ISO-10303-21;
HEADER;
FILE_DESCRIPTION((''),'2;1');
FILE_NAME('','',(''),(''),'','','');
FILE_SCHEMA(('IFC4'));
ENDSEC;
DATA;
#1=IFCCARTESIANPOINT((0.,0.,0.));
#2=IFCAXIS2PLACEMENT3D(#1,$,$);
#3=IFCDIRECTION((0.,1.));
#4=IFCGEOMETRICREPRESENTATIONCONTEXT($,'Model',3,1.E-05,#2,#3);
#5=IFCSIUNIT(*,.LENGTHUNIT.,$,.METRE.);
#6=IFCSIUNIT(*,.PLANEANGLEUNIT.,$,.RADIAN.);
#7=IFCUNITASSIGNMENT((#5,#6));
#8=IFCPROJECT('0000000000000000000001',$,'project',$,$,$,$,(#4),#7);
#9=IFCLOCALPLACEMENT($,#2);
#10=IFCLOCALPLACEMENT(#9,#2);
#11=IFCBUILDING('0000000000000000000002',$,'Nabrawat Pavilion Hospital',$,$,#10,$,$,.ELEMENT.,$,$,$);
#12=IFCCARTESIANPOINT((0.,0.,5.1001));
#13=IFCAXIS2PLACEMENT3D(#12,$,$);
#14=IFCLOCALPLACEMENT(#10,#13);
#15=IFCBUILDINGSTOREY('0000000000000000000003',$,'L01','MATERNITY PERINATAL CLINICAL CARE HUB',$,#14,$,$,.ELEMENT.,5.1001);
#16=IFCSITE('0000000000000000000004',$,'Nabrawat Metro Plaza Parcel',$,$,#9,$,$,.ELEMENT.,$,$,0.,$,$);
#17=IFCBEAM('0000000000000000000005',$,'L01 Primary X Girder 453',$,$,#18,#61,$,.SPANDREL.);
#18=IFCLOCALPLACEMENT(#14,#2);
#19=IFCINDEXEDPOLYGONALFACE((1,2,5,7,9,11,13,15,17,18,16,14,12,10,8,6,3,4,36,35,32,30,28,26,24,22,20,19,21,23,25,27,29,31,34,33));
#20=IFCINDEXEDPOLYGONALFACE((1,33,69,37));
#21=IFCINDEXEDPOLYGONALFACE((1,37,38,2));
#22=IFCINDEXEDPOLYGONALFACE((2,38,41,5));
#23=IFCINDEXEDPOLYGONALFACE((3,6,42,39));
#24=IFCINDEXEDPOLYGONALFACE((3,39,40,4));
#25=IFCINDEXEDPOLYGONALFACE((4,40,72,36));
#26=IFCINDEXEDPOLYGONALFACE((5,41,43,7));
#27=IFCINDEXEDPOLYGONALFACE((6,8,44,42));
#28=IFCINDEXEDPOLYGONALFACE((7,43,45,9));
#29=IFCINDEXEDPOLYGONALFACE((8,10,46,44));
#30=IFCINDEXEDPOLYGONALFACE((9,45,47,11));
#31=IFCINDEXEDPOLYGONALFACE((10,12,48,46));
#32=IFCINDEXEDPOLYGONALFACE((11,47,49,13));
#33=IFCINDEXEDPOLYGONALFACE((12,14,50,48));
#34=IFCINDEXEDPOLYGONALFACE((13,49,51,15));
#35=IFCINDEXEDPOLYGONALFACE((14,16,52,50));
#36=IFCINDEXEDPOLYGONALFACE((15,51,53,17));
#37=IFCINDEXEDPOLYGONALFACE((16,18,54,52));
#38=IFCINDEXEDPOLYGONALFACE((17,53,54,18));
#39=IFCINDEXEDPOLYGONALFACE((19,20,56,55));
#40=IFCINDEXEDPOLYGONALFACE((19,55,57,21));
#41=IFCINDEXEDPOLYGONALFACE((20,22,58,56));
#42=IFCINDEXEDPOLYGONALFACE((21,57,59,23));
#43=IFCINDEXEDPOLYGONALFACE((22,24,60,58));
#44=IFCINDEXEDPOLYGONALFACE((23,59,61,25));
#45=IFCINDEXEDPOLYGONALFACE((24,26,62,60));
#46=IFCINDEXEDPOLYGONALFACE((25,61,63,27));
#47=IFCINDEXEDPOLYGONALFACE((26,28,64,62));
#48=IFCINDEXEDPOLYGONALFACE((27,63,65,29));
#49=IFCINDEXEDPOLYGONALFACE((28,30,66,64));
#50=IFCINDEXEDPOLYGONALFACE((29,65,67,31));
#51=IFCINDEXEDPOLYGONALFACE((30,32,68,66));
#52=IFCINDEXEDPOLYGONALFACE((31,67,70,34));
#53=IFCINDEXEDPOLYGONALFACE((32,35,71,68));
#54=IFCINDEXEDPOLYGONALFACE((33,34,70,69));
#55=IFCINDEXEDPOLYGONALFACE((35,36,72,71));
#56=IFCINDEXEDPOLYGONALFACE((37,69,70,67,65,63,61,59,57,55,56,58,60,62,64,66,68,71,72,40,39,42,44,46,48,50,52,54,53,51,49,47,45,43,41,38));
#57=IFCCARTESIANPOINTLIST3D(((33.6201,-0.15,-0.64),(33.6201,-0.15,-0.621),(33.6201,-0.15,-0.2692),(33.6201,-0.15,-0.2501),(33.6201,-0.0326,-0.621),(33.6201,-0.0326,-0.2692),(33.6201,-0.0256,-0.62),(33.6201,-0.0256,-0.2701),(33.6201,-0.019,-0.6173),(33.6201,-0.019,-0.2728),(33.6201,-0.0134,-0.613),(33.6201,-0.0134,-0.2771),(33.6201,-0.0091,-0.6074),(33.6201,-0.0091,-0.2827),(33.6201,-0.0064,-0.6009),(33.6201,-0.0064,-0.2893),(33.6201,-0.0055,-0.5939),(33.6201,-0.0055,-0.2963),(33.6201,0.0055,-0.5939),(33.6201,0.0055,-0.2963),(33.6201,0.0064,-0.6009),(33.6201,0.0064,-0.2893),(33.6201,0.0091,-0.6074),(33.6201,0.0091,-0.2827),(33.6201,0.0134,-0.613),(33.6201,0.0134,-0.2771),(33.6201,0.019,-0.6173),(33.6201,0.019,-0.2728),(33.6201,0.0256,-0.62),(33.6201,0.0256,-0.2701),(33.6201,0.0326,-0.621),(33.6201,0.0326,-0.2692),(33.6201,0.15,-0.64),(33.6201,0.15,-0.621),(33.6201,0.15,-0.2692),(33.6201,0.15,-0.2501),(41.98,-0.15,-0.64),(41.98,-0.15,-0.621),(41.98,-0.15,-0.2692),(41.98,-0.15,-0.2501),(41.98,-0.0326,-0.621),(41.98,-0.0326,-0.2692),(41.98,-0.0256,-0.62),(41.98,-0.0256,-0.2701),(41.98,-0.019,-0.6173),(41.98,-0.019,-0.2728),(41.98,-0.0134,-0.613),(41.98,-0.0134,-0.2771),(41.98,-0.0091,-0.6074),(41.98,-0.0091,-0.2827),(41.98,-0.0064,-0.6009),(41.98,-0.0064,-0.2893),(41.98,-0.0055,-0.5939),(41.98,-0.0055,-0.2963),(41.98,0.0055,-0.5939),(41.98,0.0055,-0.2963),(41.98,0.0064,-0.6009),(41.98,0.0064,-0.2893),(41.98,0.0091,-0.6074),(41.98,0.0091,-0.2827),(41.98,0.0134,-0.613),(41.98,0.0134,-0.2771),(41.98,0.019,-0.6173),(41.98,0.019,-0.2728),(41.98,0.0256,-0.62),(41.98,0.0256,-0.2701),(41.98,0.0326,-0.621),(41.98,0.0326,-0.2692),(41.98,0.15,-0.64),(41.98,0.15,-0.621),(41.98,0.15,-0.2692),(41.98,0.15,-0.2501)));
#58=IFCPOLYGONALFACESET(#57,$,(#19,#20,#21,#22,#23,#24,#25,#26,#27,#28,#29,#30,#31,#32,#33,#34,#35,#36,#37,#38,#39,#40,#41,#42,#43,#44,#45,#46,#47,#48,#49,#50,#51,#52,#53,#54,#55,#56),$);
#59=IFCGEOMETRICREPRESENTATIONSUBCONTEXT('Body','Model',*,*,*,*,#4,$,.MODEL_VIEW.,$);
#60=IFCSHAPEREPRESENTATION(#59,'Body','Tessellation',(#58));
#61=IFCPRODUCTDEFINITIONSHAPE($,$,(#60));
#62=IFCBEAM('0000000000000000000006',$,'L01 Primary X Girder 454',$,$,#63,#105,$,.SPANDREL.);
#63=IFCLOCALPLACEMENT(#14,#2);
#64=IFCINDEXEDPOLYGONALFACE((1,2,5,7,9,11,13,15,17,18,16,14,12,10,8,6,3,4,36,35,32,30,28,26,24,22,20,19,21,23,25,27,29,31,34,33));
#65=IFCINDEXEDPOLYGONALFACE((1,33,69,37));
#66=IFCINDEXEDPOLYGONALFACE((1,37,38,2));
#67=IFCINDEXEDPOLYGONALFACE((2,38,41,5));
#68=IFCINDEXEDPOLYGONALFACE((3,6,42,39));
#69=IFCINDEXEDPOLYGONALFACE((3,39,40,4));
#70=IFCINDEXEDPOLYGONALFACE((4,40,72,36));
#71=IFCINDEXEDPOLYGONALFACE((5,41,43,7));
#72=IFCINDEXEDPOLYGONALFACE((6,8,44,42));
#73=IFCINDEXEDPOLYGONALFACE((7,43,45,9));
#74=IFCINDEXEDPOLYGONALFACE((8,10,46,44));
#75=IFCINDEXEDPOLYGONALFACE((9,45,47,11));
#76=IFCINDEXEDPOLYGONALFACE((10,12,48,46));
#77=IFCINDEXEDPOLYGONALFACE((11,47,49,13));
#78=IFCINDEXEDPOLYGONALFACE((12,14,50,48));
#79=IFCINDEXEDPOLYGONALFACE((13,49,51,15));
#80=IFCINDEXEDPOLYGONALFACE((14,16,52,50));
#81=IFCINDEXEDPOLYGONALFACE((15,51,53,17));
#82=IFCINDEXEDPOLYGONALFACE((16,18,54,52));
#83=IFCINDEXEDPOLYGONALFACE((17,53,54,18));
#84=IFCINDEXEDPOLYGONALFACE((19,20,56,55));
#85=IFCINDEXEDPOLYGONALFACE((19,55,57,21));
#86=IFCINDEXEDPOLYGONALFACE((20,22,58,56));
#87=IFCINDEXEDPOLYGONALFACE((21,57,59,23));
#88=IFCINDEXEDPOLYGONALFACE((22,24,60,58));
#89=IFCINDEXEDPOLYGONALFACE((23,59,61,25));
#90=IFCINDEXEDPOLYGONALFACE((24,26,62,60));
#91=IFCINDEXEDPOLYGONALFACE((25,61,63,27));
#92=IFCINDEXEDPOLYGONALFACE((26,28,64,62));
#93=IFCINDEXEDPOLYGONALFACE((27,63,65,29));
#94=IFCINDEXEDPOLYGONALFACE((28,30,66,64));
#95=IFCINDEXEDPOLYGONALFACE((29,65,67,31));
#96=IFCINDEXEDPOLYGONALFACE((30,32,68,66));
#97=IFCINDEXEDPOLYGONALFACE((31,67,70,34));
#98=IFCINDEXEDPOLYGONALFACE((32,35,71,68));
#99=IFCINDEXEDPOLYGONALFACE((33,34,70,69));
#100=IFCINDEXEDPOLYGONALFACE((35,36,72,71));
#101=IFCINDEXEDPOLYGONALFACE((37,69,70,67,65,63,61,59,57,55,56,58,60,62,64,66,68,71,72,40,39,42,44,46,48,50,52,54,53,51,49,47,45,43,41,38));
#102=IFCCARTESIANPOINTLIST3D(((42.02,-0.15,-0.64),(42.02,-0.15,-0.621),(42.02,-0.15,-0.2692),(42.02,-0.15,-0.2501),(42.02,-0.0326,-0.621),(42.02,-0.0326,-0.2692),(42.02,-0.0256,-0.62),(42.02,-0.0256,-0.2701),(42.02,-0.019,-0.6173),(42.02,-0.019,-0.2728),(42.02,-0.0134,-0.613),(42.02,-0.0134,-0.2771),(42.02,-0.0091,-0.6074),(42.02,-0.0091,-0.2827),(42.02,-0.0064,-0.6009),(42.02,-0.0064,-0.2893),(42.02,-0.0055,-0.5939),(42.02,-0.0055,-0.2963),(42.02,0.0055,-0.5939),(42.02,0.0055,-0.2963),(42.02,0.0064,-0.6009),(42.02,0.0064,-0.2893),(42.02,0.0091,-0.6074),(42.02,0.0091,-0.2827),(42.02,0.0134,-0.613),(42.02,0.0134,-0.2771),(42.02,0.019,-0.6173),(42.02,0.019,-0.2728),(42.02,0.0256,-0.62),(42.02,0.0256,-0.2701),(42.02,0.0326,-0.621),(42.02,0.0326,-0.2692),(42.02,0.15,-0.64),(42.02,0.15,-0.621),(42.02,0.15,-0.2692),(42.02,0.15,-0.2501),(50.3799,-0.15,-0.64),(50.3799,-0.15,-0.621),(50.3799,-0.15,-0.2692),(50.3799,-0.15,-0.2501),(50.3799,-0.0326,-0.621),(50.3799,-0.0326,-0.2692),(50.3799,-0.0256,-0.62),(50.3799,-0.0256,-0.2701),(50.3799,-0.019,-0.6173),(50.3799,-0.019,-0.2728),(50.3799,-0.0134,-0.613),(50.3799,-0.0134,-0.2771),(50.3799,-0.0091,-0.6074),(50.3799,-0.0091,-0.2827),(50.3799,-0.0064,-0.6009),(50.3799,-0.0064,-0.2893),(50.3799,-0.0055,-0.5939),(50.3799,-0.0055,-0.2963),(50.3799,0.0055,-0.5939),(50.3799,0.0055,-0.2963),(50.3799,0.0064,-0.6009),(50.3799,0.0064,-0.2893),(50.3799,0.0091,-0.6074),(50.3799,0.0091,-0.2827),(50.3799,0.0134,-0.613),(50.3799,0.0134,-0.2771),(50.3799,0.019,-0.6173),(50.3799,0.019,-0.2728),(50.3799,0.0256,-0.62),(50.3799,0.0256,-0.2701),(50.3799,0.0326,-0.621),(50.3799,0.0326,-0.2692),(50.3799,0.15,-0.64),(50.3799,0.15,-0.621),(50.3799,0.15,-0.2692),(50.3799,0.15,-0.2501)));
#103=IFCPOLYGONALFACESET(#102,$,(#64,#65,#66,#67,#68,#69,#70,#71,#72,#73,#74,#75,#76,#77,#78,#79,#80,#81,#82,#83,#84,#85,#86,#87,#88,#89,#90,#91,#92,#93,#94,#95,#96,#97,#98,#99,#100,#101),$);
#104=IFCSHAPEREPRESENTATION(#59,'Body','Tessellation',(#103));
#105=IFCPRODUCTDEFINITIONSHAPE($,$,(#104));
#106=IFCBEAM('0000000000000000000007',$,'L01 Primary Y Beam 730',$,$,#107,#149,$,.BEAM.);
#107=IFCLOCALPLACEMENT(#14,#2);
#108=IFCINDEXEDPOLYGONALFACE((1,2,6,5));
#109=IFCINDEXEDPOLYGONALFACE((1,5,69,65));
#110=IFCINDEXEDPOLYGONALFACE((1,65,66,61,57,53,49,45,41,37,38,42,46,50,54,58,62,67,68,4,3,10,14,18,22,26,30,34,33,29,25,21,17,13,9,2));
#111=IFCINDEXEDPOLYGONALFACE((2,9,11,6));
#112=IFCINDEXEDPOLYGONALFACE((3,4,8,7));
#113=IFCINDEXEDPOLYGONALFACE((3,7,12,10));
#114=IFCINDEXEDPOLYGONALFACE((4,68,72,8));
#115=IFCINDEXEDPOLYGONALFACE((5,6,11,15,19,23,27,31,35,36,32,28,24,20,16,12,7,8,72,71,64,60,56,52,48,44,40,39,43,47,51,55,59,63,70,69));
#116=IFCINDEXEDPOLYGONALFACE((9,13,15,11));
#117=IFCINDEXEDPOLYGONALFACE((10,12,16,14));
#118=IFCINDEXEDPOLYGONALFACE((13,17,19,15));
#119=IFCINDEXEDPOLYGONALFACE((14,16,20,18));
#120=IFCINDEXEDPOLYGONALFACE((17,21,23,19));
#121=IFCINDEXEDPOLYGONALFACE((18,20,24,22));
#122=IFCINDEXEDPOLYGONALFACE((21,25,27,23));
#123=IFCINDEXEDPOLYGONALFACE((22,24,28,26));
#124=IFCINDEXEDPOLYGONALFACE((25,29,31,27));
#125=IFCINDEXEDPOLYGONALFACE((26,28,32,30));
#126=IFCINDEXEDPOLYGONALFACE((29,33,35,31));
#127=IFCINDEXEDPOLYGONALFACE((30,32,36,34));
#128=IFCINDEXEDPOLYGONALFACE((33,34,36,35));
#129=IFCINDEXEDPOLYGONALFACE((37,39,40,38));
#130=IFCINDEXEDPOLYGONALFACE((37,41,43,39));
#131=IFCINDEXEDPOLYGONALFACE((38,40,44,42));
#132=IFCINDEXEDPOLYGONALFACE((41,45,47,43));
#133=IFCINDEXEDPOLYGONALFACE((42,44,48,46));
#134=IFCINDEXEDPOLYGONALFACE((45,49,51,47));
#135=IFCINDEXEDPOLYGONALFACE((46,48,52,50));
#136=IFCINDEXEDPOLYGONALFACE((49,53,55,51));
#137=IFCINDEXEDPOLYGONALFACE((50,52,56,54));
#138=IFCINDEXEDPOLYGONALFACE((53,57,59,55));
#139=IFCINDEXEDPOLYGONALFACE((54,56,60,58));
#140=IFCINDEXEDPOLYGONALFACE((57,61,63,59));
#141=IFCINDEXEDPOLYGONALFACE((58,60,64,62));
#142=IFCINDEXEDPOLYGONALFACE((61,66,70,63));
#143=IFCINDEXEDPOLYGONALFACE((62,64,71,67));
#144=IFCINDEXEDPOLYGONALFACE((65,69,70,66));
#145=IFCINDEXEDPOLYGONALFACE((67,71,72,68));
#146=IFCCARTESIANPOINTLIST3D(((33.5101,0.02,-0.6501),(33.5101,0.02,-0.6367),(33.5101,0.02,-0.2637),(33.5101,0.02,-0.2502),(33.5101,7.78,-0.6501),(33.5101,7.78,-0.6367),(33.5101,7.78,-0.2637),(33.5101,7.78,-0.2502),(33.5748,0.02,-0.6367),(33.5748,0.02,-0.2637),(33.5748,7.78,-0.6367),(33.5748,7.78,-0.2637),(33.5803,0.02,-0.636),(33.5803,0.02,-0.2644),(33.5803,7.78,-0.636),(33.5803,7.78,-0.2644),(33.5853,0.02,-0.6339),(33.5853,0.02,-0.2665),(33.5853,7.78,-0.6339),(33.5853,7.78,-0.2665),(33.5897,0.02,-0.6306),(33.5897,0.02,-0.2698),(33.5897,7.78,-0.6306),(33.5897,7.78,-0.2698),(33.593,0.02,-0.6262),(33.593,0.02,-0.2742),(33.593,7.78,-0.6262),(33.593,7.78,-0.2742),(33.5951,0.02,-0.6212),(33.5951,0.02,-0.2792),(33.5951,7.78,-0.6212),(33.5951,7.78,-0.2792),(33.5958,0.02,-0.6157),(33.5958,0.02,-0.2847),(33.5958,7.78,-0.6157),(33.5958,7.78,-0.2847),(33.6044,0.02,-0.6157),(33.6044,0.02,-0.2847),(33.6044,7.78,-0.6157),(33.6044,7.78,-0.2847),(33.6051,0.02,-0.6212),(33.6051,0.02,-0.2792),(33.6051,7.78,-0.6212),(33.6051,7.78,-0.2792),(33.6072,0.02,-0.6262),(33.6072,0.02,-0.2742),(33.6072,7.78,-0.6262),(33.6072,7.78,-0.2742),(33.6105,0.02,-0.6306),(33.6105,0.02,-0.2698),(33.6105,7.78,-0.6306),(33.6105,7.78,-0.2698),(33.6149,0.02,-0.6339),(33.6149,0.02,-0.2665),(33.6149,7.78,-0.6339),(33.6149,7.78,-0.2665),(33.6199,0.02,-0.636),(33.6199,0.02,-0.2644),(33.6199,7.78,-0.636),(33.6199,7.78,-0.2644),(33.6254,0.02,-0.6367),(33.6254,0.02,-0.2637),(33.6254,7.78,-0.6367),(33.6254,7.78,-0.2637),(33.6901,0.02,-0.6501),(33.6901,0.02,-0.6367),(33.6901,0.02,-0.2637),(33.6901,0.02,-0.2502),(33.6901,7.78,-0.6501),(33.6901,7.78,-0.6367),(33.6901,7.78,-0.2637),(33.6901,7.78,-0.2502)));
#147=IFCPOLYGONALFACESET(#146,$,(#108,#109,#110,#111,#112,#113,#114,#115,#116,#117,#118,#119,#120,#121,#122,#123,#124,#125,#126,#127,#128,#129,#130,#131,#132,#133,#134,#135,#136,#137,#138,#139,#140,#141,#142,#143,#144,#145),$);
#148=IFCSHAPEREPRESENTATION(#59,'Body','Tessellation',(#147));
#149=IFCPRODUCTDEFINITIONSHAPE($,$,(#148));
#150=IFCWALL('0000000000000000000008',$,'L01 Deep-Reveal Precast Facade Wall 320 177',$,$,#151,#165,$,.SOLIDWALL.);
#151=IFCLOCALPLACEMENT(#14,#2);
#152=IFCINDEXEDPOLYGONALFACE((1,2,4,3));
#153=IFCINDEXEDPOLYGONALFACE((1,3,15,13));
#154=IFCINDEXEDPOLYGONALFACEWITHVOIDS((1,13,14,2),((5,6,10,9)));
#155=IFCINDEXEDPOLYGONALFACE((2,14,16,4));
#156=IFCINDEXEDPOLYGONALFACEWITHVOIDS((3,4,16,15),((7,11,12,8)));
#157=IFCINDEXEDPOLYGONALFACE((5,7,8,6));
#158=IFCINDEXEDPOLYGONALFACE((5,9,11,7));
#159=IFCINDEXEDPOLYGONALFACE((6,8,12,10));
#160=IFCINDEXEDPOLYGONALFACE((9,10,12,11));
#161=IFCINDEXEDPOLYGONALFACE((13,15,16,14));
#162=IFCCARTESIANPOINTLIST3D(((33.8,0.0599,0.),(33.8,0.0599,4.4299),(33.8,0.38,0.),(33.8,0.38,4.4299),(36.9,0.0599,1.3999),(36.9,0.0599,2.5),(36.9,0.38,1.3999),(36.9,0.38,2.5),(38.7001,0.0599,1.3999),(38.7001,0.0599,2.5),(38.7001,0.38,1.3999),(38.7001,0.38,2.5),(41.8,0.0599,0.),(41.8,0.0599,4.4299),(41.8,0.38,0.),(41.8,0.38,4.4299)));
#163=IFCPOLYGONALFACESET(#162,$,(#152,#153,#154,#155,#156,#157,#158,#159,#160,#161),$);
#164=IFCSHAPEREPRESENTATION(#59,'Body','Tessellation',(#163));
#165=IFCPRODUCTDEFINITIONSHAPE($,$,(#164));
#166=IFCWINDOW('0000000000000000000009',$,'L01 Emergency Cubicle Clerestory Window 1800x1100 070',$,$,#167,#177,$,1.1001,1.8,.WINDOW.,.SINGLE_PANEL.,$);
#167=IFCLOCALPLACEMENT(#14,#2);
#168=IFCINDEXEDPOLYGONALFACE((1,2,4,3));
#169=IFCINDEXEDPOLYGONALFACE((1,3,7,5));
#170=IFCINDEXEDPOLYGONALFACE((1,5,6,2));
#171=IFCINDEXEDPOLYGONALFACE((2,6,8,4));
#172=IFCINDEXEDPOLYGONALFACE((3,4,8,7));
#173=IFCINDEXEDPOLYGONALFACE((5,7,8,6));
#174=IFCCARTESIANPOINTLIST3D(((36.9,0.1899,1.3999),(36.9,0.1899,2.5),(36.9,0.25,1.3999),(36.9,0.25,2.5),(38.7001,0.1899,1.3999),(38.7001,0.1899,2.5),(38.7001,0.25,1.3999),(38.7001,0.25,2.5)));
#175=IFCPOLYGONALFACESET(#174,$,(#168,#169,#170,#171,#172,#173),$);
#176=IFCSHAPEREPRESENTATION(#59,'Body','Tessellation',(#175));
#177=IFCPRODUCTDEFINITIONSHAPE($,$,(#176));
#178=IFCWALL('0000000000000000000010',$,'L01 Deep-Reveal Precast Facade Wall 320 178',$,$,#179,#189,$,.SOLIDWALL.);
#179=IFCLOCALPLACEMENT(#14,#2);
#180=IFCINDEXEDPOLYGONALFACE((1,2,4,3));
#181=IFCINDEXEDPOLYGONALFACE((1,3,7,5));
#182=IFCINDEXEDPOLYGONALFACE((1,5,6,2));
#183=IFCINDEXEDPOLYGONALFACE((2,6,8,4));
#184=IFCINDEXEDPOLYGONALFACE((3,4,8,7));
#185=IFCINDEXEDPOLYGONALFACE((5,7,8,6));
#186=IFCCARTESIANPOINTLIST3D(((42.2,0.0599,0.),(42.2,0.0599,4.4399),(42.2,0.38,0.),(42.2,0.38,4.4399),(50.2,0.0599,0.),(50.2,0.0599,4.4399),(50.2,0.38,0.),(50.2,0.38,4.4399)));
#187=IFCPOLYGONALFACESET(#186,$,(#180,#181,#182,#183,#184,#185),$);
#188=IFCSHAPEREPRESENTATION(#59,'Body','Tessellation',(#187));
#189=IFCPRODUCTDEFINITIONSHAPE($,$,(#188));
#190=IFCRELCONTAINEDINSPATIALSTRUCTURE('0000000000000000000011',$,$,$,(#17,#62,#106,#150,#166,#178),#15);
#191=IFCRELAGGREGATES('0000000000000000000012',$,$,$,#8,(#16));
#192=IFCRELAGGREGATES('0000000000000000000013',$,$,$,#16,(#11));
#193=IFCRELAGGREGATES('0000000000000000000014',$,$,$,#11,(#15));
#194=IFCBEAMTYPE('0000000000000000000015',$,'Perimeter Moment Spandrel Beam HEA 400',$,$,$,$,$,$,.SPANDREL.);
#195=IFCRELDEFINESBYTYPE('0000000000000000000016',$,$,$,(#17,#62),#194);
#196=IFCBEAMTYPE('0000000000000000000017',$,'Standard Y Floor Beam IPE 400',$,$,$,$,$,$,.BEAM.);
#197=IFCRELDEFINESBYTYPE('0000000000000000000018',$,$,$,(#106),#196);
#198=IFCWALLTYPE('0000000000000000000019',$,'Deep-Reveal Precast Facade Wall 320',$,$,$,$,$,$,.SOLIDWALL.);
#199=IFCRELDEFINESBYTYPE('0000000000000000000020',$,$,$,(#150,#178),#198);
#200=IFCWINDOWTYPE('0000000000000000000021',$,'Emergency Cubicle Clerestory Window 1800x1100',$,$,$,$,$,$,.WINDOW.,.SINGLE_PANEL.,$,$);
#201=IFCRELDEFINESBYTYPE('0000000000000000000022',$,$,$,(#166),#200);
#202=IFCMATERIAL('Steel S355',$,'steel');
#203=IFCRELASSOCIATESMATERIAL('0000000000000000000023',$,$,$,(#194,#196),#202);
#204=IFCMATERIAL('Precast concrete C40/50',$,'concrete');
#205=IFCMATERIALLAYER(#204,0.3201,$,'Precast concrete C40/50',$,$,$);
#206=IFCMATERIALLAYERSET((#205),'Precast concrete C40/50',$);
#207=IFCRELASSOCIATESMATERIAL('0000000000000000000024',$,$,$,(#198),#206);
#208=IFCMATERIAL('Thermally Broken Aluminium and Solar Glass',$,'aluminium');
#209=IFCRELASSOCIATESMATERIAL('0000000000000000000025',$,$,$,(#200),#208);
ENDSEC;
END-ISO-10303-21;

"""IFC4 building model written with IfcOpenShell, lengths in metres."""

from ifc_helpers import new_model, si_unit, direction, frame, frame_2d, origin, origin_2d, place, context, subcontext, project, spatial, rectangle, i_section, extrude, material, layer, layer_set, material_profile, profile_set, type_object, element, fill, save


model = new_model("IFC4")

# Units and contexts
model_context = context("Model", 3, precision=1e-05, world=origin(), true_north=direction((0.0, 1.0)))
body_context = subcontext(model_context, "Body", "Model", "MODEL_VIEW")
ifc_project = project(units=[si_unit("LENGTHUNIT", "METRE"), si_unit("PLANEANGLEUNIT", "RADIAN")], contexts=[model_context])

# Site, building, storey
site_placement = place(None, origin())
site = spatial("IfcSite", under=ifc_project, at=site_placement, Name="Nabrawat Metro Plaza Parcel", CompositionType="ELEMENT", RefElevation=0.0)
building_placement = place(site_placement, origin())
building = spatial("IfcBuilding", under=site, at=building_placement, Name="Nabrawat Pavilion Hospital", CompositionType="ELEMENT")
storey_placement = place(building_placement, frame((0.0, 0.0, 5.1001)))
storey = spatial("IfcBuildingStorey", under=building, at=storey_placement, Name="L01", Description="MATERNITY PERINATAL CLINICAL CARE HUB", CompositionType="ELEMENT", Elevation=5.1001)

# Shared definitions
ifc_material_1 = material(Name="Steel S355", Category="steel")
ifc_material_2 = material(Name="Precast concrete C40/50", Category="concrete")

# Beams
ifc_material_profile_1 = material_profile(ifc_material_1, i_section(OverallWidth=0.3, OverallDepth=0.3899, WebThickness=0.011, FlangeThickness=0.019, FilletRadius=0.0271, at=origin_2d()), Name="HEA 400")
ifc_profile_set_1 = profile_set([ifc_material_profile_1], Name="Steel S355")
beam_type_1 = type_object("IfcBeamType", Name="Perimeter Moment Spandrel Beam HEA 400", PredefinedType="SPANDREL", material=ifc_profile_set_1)
for number, where, z_axis, x_axis, name in (
    (1, (33.6201, 0.0, -0.4451), (1.0, 0.0, 0.0), (0.0, 1.0, 0.0), "L01 Primary X Girder 453"),
    (2, (42.02, 0.0, -0.4451), (1.0, 0.0, 0.0), (0.0, 1.0, 0.0), "L01 Primary X Girder 454"),
):
    element("IfcBeam", number, at=place(storey_placement, frame(where, z_axis=z_axis, x_axis=x_axis)), inside=storey, type_object=beam_type_1, Name=name, PredefinedType="SPANDREL", context=body_context, shape_type="SweptSolid", body=[
        extrude(i_section(OverallWidth=0.3, OverallDepth=0.3899, WebThickness=0.011, FlangeThickness=0.019, FilletRadius=0.0271, at=origin_2d()), origin(), (0.0, 0.0, 1.0), 8.3599),
    ])
ifc_material_profile_2 = material_profile(ifc_material_1, i_section(OverallWidth=0.1799, OverallDepth=0.3999, WebThickness=0.0085, FlangeThickness=0.0134, FilletRadius=0.021, at=origin_2d()), Name="IPE 400")
ifc_profile_set_2 = profile_set([ifc_material_profile_2], Name="Steel S355")
beam_type_2 = type_object("IfcBeamType", Name="Standard Y Floor Beam IPE 400", PredefinedType="BEAM", material=ifc_profile_set_2)
beam_placement = place(storey_placement, frame((33.6001, 0.02, -0.4502), z_axis=(0.0, 1.0, 0.0), x_axis=(-1.0, 0.0, 0.0)))
element("IfcBeam", 3, at=beam_placement, inside=storey, type_object=beam_type_2, Name="L01 Primary Y Beam 730", PredefinedType="BEAM", context=body_context, shape_type="SweptSolid", body=[
    extrude(i_section(OverallWidth=0.1799, OverallDepth=0.3999, WebThickness=0.0085, FlangeThickness=0.0134, FilletRadius=0.021, at=origin_2d()), origin(), (0.0, 0.0, 1.0), 7.76),
])

# Wall, opening, window
ifc_layer_1 = layer(ifc_material_2, 0.3201, Name="Precast concrete C40/50")
ifc_layer_set_1 = layer_set([ifc_layer_1], Name="Precast concrete C40/50")
wall_type_1 = type_object("IfcWallType", Name="Deep-Reveal Precast Facade Wall 320", PredefinedType="SOLIDWALL", material=ifc_layer_set_1)
wall_1_placement = place(storey_placement, frame((33.8, 0.22, 0.0), z_axis=(0.0, 0.0, 1.0), x_axis=(1.0, 0.0, 0.0)))
wall_1 = element("IfcWall", 4, at=wall_1_placement, inside=storey, type_object=wall_type_1, Name="L01 Deep-Reveal Precast Facade Wall 320 177", PredefinedType="SOLIDWALL", context=body_context, shape_type="SweptSolid", body=[
    extrude(rectangle(XDim=8.0, YDim=0.3201, at=frame_2d((4.0, 0.0))), origin(), (0.0, 0.0, 1.0), 4.4299),
])
opening_placement = place(wall_1_placement, frame((3.1001, 0.0, 1.3999)))
opening = element("IfcOpeningElement", 5, at=opening_placement, cuts=wall_1, PredefinedType="OPENING", context=body_context, shape_type="SweptSolid", body=[
    extrude(rectangle(XDim=1.8, YDim=1.1001, at=frame_2d((0.8999, 0.55))), frame((0.0, 0.1699, 0.0), z_axis=(0.0, -1.0, 0.0), x_axis=(1.0, 0.0, 0.0)), (0.0, 0.0, 1.0), 0.3401),
])
ifc_material_3 = material(Name="Thermally Broken Aluminium and Solar Glass", Category="aluminium")
window_type = type_object("IfcWindowType", Name="Emergency Cubicle Clerestory Window 1800x1100", PartitioningType="SINGLE_PANEL", PredefinedType="WINDOW", material=ifc_material_3)
window_placement = place(opening_placement, origin())
window = element("IfcWindow", 6, at=window_placement, inside=storey, type_object=window_type, Name="L01 Emergency Cubicle Clerestory Window 1800x1100 070", OverallHeight=1.1001, OverallWidth=1.8, PartitioningType="SINGLE_PANEL", PredefinedType="WINDOW", context=body_context, shape_type="SweptSolid", body=[
    extrude(rectangle(XDim=1.8, YDim=1.1001, at=frame_2d((0.8999, 0.55))), frame((0.0, 0.03, 0.0), z_axis=(0.0, -1.0, 0.0), x_axis=(1.0, 0.0, 0.0)), (0.0, 0.0, 1.0), 0.0601),
])
fill(opening, window)

# Wall
wall_2_placement = place(storey_placement, frame((42.2, 0.22, 0.0), z_axis=(0.0, 0.0, 1.0), x_axis=(1.0, 0.0, 0.0)))
element("IfcWall", 7, at=wall_2_placement, inside=storey, type_object=wall_type_1, Name="L01 Deep-Reveal Precast Facade Wall 320 178", PredefinedType="SOLIDWALL", context=body_context, shape_type="SweptSolid", body=[
    extrude(rectangle(XDim=8.0, YDim=0.3201, at=frame_2d((4.0, 0.0))), origin(), (0.0, 0.0, 1.0), 4.4399),
])

save(model, "model.ifc")
